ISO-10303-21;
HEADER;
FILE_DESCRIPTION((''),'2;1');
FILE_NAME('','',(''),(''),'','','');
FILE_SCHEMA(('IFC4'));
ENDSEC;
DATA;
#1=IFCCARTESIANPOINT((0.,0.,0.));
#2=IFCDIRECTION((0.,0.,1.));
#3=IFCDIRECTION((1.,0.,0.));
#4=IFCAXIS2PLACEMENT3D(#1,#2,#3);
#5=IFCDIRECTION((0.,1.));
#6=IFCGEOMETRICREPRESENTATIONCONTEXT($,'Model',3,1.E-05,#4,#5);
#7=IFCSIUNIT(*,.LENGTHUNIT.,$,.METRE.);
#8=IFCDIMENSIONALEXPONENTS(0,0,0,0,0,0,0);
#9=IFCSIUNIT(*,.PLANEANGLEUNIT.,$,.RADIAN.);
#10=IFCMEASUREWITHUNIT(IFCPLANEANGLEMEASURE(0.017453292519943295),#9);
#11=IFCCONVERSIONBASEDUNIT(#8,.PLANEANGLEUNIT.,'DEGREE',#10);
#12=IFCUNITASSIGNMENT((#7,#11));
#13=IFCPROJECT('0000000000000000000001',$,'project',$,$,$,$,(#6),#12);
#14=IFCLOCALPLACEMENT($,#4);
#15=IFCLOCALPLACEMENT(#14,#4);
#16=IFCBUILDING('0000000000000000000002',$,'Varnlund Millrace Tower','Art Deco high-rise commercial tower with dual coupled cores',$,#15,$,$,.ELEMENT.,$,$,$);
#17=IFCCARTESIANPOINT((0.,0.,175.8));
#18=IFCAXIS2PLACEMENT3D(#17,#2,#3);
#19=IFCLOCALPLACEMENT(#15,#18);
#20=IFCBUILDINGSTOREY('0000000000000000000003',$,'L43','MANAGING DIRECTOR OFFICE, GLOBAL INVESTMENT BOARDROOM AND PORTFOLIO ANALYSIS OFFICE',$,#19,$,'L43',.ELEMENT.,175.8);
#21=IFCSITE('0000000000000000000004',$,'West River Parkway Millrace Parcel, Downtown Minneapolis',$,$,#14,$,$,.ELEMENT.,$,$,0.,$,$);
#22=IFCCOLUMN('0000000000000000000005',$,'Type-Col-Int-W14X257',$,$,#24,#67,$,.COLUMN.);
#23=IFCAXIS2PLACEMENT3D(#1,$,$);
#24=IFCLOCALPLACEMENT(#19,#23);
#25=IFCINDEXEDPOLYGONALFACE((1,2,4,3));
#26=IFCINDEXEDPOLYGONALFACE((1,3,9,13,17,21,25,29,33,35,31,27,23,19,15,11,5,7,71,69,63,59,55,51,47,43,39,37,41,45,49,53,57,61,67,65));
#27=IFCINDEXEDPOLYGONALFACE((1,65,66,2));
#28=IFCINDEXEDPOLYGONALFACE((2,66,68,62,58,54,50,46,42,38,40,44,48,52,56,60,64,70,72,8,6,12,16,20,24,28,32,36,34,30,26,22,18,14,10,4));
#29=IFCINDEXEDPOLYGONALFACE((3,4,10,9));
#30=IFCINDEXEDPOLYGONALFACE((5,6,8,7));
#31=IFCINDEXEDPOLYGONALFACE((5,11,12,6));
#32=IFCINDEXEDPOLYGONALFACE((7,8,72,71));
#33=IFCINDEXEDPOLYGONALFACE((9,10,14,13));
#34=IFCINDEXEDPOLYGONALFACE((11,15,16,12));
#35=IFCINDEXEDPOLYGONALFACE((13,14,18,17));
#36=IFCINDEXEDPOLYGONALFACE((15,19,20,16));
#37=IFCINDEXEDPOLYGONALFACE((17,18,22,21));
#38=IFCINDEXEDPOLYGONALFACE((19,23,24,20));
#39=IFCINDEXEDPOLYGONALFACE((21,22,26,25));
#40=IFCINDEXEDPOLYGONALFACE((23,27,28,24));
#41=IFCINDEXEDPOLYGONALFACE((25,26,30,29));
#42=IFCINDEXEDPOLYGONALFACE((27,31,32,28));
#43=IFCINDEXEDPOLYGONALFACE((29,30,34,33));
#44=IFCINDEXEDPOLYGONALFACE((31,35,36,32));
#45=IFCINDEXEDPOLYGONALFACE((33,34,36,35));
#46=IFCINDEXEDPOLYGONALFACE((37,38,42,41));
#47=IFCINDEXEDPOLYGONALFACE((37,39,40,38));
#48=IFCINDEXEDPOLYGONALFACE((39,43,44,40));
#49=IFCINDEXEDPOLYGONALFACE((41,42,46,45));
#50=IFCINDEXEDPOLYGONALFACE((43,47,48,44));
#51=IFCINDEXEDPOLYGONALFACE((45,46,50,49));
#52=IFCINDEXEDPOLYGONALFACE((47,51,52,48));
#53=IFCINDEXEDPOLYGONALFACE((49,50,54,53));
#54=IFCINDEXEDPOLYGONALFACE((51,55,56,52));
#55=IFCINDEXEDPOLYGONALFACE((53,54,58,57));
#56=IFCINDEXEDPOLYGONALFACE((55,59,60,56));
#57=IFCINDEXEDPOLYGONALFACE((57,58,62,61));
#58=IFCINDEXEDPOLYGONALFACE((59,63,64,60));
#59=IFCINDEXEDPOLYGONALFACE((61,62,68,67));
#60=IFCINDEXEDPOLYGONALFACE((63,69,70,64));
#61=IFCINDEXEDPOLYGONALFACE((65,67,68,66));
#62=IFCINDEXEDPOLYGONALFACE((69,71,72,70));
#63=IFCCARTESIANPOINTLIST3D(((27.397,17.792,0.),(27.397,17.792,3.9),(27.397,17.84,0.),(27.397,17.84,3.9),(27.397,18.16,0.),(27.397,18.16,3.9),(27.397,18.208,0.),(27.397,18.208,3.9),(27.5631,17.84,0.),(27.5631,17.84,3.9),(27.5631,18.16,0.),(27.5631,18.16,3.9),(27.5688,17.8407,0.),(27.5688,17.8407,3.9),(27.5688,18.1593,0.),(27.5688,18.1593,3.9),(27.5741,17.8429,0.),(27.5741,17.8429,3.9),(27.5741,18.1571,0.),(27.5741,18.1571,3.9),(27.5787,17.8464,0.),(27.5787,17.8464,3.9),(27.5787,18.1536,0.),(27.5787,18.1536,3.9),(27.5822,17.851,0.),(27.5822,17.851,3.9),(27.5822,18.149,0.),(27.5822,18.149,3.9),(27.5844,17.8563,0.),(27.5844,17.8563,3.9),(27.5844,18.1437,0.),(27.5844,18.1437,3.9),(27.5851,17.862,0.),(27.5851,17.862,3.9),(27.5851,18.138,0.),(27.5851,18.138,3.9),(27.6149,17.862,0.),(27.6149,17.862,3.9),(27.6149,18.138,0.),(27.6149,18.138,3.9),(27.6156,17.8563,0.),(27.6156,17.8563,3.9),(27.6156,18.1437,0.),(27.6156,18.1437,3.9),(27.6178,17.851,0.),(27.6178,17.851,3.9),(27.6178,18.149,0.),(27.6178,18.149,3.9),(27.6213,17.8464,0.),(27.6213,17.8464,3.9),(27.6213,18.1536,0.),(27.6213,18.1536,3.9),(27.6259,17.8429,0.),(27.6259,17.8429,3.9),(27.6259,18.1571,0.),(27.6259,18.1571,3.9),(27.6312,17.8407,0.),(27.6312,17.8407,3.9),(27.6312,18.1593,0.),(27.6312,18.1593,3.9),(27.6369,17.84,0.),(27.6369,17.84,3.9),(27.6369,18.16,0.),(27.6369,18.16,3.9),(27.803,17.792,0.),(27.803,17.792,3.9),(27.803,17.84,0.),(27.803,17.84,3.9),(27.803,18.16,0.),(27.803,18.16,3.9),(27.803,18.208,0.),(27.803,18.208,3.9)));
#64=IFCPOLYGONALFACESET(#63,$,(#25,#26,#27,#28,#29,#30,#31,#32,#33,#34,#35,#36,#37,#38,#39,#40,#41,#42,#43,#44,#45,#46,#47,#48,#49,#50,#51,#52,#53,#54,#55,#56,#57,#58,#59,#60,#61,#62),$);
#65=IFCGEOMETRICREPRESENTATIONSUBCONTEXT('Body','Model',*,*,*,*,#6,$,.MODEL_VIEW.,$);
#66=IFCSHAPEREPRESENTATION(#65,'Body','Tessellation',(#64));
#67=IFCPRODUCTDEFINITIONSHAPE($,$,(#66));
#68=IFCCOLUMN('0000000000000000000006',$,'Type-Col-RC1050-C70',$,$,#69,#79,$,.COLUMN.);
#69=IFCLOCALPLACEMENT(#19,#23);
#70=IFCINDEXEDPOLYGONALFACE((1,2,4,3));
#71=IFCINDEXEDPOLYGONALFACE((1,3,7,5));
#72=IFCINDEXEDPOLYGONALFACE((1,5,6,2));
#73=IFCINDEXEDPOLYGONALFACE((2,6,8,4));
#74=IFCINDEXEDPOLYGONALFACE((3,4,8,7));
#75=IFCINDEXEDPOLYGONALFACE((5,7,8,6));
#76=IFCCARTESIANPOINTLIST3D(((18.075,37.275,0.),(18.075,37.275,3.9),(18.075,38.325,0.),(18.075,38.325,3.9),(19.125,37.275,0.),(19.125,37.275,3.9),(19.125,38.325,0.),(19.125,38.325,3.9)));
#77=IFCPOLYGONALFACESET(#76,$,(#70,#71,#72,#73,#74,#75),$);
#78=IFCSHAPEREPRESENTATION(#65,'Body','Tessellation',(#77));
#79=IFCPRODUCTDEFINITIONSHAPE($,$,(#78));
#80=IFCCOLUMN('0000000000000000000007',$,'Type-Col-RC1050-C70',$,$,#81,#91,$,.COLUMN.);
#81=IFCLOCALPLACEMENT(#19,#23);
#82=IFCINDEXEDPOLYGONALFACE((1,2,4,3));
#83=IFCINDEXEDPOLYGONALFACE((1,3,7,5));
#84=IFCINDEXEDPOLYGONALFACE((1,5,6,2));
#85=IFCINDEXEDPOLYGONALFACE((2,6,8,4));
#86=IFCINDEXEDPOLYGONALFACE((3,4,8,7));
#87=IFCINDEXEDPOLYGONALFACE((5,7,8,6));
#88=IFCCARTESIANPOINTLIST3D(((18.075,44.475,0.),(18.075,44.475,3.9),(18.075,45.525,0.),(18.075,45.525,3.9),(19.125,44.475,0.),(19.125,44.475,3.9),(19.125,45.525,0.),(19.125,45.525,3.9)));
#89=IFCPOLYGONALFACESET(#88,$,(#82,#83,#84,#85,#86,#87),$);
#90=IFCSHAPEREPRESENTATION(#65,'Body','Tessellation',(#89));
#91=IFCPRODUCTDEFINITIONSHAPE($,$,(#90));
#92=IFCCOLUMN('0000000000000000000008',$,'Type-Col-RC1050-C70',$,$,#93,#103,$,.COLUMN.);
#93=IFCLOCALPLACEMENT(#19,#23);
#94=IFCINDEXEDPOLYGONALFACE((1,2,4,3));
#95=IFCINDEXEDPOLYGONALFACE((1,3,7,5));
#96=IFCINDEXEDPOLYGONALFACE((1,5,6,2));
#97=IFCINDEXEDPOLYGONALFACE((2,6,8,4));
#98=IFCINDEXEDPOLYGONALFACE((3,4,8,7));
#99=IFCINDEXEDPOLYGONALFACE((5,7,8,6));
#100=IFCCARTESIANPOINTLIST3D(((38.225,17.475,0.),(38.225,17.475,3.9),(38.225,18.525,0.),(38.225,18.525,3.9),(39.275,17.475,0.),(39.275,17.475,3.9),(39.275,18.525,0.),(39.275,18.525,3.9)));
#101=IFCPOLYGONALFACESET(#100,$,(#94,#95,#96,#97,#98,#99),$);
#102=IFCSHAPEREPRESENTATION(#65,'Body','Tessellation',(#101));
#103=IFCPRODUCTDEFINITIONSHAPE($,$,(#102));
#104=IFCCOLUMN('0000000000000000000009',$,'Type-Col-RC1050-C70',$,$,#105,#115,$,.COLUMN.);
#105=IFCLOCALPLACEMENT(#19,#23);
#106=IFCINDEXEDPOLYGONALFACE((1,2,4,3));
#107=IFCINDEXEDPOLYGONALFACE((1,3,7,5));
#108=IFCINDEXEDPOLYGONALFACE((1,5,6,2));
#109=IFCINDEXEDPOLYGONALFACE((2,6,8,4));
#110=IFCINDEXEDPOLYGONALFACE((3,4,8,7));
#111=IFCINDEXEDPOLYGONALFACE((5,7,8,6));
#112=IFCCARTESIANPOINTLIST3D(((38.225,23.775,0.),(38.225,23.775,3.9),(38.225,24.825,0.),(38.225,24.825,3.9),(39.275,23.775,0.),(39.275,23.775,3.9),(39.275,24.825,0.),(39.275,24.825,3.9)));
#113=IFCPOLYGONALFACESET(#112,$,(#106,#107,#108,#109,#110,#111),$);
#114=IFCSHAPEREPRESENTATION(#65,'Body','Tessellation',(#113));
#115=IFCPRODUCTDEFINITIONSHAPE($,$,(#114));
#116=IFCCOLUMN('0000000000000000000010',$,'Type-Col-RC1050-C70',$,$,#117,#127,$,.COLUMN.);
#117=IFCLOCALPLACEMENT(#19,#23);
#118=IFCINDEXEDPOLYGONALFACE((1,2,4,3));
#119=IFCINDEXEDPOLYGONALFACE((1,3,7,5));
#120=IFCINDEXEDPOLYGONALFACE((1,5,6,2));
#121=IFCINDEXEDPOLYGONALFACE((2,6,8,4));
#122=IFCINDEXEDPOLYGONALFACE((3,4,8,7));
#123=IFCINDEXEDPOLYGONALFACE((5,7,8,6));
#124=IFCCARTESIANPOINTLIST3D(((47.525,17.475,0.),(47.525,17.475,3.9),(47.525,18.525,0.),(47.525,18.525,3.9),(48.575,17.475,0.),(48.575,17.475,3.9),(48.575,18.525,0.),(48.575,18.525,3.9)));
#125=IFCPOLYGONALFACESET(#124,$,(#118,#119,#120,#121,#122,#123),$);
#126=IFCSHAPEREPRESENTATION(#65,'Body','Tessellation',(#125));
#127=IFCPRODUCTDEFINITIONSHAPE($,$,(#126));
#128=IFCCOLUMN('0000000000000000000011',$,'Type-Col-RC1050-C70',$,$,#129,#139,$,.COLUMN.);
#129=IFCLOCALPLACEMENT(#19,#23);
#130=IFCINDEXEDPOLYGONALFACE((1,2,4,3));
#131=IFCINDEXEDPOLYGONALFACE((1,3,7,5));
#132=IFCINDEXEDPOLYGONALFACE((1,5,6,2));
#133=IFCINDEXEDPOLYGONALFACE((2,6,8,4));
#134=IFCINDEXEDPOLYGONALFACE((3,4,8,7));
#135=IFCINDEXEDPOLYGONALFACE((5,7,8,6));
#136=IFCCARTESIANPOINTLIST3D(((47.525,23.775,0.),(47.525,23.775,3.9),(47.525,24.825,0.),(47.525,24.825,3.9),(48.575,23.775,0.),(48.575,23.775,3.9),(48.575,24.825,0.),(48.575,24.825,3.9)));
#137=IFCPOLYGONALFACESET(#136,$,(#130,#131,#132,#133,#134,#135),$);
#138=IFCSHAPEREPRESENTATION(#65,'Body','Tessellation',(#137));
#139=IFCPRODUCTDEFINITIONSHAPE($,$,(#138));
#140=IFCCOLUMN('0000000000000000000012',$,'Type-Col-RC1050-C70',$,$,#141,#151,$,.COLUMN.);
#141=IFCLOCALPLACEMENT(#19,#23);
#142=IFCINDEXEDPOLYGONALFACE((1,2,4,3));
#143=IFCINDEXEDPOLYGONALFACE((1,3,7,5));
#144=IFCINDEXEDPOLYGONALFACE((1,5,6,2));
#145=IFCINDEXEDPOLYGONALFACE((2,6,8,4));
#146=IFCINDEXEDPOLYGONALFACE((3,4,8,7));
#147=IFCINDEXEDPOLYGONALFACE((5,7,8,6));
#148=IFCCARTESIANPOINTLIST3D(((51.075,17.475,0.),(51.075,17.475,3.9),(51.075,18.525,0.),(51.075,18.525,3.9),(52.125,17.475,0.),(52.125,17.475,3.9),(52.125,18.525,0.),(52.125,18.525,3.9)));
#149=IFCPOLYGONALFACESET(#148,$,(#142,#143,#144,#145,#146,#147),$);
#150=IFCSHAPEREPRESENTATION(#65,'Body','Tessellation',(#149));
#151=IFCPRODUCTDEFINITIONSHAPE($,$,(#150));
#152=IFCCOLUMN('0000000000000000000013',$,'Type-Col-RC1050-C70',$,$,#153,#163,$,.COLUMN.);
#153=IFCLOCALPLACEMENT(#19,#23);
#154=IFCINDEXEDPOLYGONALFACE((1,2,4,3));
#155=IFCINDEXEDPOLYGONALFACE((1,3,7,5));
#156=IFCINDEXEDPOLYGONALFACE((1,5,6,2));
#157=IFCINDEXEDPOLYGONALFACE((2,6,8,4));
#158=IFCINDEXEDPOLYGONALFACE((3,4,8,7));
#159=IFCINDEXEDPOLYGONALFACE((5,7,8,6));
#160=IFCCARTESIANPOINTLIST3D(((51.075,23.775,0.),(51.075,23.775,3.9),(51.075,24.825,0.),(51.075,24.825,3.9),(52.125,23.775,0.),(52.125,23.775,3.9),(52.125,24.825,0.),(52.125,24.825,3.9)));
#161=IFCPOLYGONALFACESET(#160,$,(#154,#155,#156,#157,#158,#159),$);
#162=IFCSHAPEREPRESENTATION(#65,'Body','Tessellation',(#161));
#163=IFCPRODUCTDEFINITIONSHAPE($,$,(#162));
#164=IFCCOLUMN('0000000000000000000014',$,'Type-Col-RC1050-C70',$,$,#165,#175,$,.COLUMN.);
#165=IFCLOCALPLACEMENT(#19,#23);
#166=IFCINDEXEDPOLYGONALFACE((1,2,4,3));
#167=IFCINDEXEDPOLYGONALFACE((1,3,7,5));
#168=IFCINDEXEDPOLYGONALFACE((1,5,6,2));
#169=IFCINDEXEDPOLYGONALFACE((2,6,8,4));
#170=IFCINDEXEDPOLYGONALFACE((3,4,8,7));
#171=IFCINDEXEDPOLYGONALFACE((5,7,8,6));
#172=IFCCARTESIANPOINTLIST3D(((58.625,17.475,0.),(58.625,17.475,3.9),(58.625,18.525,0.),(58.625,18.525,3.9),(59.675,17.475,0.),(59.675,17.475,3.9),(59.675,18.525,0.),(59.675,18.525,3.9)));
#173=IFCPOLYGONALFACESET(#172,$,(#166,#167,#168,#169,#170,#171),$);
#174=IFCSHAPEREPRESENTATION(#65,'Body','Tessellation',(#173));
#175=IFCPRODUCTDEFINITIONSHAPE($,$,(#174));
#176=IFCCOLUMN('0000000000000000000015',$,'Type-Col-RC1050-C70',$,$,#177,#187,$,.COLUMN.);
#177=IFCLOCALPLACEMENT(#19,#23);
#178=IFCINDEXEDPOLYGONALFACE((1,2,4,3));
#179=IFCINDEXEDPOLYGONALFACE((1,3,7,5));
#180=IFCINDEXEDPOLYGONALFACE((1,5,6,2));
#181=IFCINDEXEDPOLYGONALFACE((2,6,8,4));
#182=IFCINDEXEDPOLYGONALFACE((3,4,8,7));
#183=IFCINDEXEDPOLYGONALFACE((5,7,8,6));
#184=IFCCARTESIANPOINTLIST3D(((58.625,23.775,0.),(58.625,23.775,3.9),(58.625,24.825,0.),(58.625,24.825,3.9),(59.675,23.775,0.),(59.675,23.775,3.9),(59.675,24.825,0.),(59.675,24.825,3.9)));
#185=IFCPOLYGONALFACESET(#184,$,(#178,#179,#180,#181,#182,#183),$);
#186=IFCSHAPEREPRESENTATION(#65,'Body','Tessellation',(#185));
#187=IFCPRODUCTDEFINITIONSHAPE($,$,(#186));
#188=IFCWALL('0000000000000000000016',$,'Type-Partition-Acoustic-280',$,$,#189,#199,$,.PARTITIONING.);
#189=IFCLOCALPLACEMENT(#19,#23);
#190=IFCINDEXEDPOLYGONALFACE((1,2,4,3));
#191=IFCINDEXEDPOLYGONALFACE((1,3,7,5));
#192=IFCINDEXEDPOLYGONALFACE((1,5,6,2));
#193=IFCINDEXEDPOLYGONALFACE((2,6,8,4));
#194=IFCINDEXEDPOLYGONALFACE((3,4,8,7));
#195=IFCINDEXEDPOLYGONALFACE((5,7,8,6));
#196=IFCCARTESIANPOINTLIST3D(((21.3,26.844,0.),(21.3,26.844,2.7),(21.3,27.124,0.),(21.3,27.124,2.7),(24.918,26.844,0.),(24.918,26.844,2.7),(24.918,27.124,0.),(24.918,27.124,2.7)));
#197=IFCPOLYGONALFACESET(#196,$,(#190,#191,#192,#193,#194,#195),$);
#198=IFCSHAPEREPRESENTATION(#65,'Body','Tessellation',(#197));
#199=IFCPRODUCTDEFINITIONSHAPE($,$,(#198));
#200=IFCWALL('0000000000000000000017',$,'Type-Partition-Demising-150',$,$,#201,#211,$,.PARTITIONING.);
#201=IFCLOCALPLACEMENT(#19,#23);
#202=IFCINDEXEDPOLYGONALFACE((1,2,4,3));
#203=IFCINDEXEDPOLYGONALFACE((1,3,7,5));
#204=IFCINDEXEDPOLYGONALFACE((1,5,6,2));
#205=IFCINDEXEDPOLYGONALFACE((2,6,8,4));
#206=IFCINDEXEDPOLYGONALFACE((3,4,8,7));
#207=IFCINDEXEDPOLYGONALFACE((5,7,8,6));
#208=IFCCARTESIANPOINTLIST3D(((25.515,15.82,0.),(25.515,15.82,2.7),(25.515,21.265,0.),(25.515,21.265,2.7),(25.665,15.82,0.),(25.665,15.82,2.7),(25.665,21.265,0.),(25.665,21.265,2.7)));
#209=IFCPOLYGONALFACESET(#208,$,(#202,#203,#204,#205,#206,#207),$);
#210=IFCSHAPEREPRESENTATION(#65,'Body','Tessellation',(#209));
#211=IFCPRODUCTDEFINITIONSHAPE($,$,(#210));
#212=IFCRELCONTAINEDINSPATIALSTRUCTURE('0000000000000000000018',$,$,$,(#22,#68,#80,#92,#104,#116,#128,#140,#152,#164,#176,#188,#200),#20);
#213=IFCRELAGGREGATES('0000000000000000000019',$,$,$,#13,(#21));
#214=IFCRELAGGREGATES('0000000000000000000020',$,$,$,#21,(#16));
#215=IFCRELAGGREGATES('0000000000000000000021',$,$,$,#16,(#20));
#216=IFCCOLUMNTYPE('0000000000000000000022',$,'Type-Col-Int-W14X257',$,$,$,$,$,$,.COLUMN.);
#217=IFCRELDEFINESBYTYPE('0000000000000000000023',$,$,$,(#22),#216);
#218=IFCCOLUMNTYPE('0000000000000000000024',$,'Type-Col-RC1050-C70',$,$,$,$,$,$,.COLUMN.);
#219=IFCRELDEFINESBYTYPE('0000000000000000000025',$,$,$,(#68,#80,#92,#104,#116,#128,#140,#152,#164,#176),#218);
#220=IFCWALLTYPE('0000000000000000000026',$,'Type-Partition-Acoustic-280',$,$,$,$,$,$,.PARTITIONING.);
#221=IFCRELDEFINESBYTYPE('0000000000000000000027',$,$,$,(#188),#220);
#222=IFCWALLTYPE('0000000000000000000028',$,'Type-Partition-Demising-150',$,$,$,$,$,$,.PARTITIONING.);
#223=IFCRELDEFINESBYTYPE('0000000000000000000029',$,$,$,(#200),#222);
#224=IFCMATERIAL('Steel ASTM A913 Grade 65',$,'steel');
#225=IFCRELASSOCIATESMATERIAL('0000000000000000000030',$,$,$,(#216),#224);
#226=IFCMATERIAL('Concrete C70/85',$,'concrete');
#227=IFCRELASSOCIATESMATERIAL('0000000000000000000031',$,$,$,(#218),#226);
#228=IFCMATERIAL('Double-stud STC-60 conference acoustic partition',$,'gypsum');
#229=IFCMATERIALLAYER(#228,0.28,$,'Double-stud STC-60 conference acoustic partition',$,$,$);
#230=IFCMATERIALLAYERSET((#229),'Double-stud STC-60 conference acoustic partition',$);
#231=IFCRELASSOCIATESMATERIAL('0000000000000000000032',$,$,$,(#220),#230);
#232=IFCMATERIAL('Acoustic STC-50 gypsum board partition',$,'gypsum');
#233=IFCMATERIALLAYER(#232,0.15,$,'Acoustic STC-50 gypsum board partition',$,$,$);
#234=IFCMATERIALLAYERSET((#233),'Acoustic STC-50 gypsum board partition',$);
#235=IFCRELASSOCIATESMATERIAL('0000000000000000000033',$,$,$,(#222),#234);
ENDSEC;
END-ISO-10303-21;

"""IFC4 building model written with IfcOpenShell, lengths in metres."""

from ifc_helpers import new_model, entity, si_unit, converted_unit, direction, frame, origin_with_axes, origin_2d_with_axis, place, context, subcontext, project, spatial, polyline, rectangle, i_section, outline, extrude, material, layer, layer_set, material_profile, profile_set, type_object, element, save


model = new_model("IFC4")

# Units and contexts
model_context = context("Model", 3, precision=1e-05, world=origin_with_axes(), true_north=direction((0.0, 1.0)))
body_context = subcontext(model_context, "Body", "Model", "MODEL_VIEW")
ifc_project = project(units=[si_unit("LENGTHUNIT", "METRE"), converted_unit("PLANEANGLEUNIT", "DEGREE", entity("IfcPlaneAngleMeasure", 0.017453292519943295), si_unit("PLANEANGLEUNIT", "RADIAN"), dimensions=[0, 0, 0, 0, 0, 0, 0])], contexts=[model_context])

# Site, building, storey
site_placement = place(None, origin_with_axes())
site = spatial("IfcSite", under=ifc_project, at=site_placement, Name="West River Parkway Millrace Parcel, Downtown Minneapolis", CompositionType="ELEMENT", RefElevation=0.0)
building_placement = place(site_placement, origin_with_axes())
building = spatial("IfcBuilding", under=site, at=building_placement, Name="Varnlund Millrace Tower", Description="Art Deco high-rise commercial tower with dual coupled cores", CompositionType="ELEMENT")
storey_placement = place(building_placement, frame((0.0, 0.0, 175.8), z_axis=(0.0, 0.0, 1.0), x_axis=(1.0, 0.0, 0.0)))
storey = spatial("IfcBuildingStorey", under=building, at=storey_placement, Name="L43", Description="MANAGING DIRECTOR OFFICE, GLOBAL INVESTMENT BOARDROOM AND PORTFOLIO ANALYSIS OFFICE", LongName="L43", CompositionType="ELEMENT", Elevation=175.8)

# Columns
ifc_material_1 = material(Name="Steel ASTM A913 Grade 65", Category="steel")
ifc_material_profile_1 = material_profile(ifc_material_1, i_section(OverallWidth=0.406, OverallDepth=0.416, WebThickness=0.0298, FlangeThickness=0.048, FilletRadius=0.022, at=origin_2d_with_axis()), Name="Steel ASTM A913 Grade 65")
ifc_profile_set_1 = profile_set([ifc_material_profile_1], Name="Steel ASTM A913 Grade 65")
column_type_1 = type_object("IfcColumnType", Name="Type-Col-Int-W14X257", PredefinedType="COLUMN", material=ifc_profile_set_1)
column_placement = place(storey_placement, frame((27.6, 18.0, 0.0), z_axis=(0.0, 0.0, 1.0), x_axis=(1.0, 0.0, 0.0)))
element("IfcColumn", 1, at=column_placement, inside=storey, type_object=column_type_1, Name="Type-Col-Int-W14X257", PredefinedType="COLUMN", context=body_context, shape_type="SweptSolid", body=[
    extrude(i_section(OverallWidth=0.406, OverallDepth=0.416, WebThickness=0.0298, FlangeThickness=0.048, FilletRadius=0.022, at=origin_2d_with_axis()), origin_with_axes(), (0.0, 0.0, 1.0), 3.9),
])
ifc_material_2 = material(Name="Concrete C70/85", Category="concrete")
ifc_material_profile_2 = material_profile(ifc_material_2, rectangle(XDim=1.05, YDim=1.05, at=origin_2d_with_axis()), Name="Concrete C70/85")
ifc_profile_set_2 = profile_set([ifc_material_profile_2], Name="Concrete C70/85")
column_type_2 = type_object("IfcColumnType", Name="Type-Col-RC1050-C70", PredefinedType="COLUMN", material=ifc_profile_set_2)
for number, where, z_axis, x_axis, name in (
    (2, (18.6, 37.8, 0.0), (0.0, 0.0, 1.0), (1.0, 0.0, 0.0), "Type-Col-RC1050-C70"),
    (3, (18.6, 45.0, 0.0), (0.0, 0.0, 1.0), (1.0, 0.0, 0.0), "Type-Col-RC1050-C70"),
    (4, (38.75, 18.0, 0.0), (0.0, 0.0, 1.0), (1.0, 0.0, 0.0), "Type-Col-RC1050-C70"),
    (5, (38.75, 24.3, 0.0), (0.0, 0.0, 1.0), (1.0, 0.0, 0.0), "Type-Col-RC1050-C70"),
    (6, (48.05, 18.0, 0.0), (0.0, 0.0, 1.0), (1.0, 0.0, 0.0), "Type-Col-RC1050-C70"),
    (7, (48.05, 24.3, 0.0), (0.0, 0.0, 1.0), (1.0, 0.0, 0.0), "Type-Col-RC1050-C70"),
    (8, (51.6, 18.0, 0.0), (0.0, 0.0, 1.0), (1.0, 0.0, 0.0), "Type-Col-RC1050-C70"),
    (9, (51.6, 24.3, 0.0), (0.0, 0.0, 1.0), (1.0, 0.0, 0.0), "Type-Col-RC1050-C70"),
    (10, (59.15, 18.0, 0.0), (0.0, 0.0, 1.0), (1.0, 0.0, 0.0), "Type-Col-RC1050-C70"),
    (11, (59.15, 24.3, 0.0), (0.0, 0.0, 1.0), (1.0, 0.0, 0.0), "Type-Col-RC1050-C70"),
):
    element("IfcColumn", number, at=place(storey_placement, frame(where, z_axis=z_axis, x_axis=x_axis)), inside=storey, type_object=column_type_2, Name=name, PredefinedType="COLUMN", context=body_context, shape_type="SweptSolid", body=[
        extrude(rectangle(XDim=1.05, YDim=1.05, at=origin_2d_with_axis()), origin_with_axes(), (0.0, 0.0, 1.0), 3.9),
    ])

# Walls
ifc_material_3 = material(Name="Double-stud STC-60 conference acoustic partition", Category="gypsum")
ifc_layer_1 = layer(ifc_material_3, 0.28, Name="Double-stud STC-60 conference acoustic partition")
ifc_layer_set_1 = layer_set([ifc_layer_1], Name="Double-stud STC-60 conference acoustic partition")
wall_type_1 = type_object("IfcWallType", Name="Type-Partition-Acoustic-280", PredefinedType="PARTITIONING", material=ifc_layer_set_1)
wall_1_placement = place(storey_placement, frame((21.3, 26.984, 0.0), z_axis=(0.0, 0.0, 1.0), x_axis=(1.0, 0.0, 0.0)))
element("IfcWall", 12, at=wall_1_placement, inside=storey, type_object=wall_type_1, Name="Type-Partition-Acoustic-280", PredefinedType="PARTITIONING", context=body_context, shape_type="SweptSolid", body=[
    extrude(outline(polyline([(0.0, -0.14), (3.618, -0.14), (3.618, 0.14), (0.0, 0.14), (0.0, -0.14)])), origin_with_axes(), (0.0, 0.0, 1.0), 2.7),
])
ifc_material_4 = material(Name="Acoustic STC-50 gypsum board partition", Category="gypsum")
ifc_layer_2 = layer(ifc_material_4, 0.15, Name="Acoustic STC-50 gypsum board partition")
ifc_layer_set_2 = layer_set([ifc_layer_2], Name="Acoustic STC-50 gypsum board partition")
wall_type_2 = type_object("IfcWallType", Name="Type-Partition-Demising-150", PredefinedType="PARTITIONING", material=ifc_layer_set_2)
wall_2_placement = place(storey_placement, frame((25.59, 15.82, 0.0), z_axis=(0.0, 0.0, 1.0), x_axis=(0.0, 1.0, 0.0)))
element("IfcWall", 13, at=wall_2_placement, inside=storey, type_object=wall_type_2, Name="Type-Partition-Demising-150", PredefinedType="PARTITIONING", context=body_context, shape_type="SweptSolid", body=[
    extrude(outline(polyline([(0.0, -0.075), (5.445, -0.075), (5.445, 0.075), (0.0, 0.075), (0.0, -0.075)])), origin_with_axes(), (0.0, 0.0, 1.0), 2.7),
])

save(model, "model.ifc")
